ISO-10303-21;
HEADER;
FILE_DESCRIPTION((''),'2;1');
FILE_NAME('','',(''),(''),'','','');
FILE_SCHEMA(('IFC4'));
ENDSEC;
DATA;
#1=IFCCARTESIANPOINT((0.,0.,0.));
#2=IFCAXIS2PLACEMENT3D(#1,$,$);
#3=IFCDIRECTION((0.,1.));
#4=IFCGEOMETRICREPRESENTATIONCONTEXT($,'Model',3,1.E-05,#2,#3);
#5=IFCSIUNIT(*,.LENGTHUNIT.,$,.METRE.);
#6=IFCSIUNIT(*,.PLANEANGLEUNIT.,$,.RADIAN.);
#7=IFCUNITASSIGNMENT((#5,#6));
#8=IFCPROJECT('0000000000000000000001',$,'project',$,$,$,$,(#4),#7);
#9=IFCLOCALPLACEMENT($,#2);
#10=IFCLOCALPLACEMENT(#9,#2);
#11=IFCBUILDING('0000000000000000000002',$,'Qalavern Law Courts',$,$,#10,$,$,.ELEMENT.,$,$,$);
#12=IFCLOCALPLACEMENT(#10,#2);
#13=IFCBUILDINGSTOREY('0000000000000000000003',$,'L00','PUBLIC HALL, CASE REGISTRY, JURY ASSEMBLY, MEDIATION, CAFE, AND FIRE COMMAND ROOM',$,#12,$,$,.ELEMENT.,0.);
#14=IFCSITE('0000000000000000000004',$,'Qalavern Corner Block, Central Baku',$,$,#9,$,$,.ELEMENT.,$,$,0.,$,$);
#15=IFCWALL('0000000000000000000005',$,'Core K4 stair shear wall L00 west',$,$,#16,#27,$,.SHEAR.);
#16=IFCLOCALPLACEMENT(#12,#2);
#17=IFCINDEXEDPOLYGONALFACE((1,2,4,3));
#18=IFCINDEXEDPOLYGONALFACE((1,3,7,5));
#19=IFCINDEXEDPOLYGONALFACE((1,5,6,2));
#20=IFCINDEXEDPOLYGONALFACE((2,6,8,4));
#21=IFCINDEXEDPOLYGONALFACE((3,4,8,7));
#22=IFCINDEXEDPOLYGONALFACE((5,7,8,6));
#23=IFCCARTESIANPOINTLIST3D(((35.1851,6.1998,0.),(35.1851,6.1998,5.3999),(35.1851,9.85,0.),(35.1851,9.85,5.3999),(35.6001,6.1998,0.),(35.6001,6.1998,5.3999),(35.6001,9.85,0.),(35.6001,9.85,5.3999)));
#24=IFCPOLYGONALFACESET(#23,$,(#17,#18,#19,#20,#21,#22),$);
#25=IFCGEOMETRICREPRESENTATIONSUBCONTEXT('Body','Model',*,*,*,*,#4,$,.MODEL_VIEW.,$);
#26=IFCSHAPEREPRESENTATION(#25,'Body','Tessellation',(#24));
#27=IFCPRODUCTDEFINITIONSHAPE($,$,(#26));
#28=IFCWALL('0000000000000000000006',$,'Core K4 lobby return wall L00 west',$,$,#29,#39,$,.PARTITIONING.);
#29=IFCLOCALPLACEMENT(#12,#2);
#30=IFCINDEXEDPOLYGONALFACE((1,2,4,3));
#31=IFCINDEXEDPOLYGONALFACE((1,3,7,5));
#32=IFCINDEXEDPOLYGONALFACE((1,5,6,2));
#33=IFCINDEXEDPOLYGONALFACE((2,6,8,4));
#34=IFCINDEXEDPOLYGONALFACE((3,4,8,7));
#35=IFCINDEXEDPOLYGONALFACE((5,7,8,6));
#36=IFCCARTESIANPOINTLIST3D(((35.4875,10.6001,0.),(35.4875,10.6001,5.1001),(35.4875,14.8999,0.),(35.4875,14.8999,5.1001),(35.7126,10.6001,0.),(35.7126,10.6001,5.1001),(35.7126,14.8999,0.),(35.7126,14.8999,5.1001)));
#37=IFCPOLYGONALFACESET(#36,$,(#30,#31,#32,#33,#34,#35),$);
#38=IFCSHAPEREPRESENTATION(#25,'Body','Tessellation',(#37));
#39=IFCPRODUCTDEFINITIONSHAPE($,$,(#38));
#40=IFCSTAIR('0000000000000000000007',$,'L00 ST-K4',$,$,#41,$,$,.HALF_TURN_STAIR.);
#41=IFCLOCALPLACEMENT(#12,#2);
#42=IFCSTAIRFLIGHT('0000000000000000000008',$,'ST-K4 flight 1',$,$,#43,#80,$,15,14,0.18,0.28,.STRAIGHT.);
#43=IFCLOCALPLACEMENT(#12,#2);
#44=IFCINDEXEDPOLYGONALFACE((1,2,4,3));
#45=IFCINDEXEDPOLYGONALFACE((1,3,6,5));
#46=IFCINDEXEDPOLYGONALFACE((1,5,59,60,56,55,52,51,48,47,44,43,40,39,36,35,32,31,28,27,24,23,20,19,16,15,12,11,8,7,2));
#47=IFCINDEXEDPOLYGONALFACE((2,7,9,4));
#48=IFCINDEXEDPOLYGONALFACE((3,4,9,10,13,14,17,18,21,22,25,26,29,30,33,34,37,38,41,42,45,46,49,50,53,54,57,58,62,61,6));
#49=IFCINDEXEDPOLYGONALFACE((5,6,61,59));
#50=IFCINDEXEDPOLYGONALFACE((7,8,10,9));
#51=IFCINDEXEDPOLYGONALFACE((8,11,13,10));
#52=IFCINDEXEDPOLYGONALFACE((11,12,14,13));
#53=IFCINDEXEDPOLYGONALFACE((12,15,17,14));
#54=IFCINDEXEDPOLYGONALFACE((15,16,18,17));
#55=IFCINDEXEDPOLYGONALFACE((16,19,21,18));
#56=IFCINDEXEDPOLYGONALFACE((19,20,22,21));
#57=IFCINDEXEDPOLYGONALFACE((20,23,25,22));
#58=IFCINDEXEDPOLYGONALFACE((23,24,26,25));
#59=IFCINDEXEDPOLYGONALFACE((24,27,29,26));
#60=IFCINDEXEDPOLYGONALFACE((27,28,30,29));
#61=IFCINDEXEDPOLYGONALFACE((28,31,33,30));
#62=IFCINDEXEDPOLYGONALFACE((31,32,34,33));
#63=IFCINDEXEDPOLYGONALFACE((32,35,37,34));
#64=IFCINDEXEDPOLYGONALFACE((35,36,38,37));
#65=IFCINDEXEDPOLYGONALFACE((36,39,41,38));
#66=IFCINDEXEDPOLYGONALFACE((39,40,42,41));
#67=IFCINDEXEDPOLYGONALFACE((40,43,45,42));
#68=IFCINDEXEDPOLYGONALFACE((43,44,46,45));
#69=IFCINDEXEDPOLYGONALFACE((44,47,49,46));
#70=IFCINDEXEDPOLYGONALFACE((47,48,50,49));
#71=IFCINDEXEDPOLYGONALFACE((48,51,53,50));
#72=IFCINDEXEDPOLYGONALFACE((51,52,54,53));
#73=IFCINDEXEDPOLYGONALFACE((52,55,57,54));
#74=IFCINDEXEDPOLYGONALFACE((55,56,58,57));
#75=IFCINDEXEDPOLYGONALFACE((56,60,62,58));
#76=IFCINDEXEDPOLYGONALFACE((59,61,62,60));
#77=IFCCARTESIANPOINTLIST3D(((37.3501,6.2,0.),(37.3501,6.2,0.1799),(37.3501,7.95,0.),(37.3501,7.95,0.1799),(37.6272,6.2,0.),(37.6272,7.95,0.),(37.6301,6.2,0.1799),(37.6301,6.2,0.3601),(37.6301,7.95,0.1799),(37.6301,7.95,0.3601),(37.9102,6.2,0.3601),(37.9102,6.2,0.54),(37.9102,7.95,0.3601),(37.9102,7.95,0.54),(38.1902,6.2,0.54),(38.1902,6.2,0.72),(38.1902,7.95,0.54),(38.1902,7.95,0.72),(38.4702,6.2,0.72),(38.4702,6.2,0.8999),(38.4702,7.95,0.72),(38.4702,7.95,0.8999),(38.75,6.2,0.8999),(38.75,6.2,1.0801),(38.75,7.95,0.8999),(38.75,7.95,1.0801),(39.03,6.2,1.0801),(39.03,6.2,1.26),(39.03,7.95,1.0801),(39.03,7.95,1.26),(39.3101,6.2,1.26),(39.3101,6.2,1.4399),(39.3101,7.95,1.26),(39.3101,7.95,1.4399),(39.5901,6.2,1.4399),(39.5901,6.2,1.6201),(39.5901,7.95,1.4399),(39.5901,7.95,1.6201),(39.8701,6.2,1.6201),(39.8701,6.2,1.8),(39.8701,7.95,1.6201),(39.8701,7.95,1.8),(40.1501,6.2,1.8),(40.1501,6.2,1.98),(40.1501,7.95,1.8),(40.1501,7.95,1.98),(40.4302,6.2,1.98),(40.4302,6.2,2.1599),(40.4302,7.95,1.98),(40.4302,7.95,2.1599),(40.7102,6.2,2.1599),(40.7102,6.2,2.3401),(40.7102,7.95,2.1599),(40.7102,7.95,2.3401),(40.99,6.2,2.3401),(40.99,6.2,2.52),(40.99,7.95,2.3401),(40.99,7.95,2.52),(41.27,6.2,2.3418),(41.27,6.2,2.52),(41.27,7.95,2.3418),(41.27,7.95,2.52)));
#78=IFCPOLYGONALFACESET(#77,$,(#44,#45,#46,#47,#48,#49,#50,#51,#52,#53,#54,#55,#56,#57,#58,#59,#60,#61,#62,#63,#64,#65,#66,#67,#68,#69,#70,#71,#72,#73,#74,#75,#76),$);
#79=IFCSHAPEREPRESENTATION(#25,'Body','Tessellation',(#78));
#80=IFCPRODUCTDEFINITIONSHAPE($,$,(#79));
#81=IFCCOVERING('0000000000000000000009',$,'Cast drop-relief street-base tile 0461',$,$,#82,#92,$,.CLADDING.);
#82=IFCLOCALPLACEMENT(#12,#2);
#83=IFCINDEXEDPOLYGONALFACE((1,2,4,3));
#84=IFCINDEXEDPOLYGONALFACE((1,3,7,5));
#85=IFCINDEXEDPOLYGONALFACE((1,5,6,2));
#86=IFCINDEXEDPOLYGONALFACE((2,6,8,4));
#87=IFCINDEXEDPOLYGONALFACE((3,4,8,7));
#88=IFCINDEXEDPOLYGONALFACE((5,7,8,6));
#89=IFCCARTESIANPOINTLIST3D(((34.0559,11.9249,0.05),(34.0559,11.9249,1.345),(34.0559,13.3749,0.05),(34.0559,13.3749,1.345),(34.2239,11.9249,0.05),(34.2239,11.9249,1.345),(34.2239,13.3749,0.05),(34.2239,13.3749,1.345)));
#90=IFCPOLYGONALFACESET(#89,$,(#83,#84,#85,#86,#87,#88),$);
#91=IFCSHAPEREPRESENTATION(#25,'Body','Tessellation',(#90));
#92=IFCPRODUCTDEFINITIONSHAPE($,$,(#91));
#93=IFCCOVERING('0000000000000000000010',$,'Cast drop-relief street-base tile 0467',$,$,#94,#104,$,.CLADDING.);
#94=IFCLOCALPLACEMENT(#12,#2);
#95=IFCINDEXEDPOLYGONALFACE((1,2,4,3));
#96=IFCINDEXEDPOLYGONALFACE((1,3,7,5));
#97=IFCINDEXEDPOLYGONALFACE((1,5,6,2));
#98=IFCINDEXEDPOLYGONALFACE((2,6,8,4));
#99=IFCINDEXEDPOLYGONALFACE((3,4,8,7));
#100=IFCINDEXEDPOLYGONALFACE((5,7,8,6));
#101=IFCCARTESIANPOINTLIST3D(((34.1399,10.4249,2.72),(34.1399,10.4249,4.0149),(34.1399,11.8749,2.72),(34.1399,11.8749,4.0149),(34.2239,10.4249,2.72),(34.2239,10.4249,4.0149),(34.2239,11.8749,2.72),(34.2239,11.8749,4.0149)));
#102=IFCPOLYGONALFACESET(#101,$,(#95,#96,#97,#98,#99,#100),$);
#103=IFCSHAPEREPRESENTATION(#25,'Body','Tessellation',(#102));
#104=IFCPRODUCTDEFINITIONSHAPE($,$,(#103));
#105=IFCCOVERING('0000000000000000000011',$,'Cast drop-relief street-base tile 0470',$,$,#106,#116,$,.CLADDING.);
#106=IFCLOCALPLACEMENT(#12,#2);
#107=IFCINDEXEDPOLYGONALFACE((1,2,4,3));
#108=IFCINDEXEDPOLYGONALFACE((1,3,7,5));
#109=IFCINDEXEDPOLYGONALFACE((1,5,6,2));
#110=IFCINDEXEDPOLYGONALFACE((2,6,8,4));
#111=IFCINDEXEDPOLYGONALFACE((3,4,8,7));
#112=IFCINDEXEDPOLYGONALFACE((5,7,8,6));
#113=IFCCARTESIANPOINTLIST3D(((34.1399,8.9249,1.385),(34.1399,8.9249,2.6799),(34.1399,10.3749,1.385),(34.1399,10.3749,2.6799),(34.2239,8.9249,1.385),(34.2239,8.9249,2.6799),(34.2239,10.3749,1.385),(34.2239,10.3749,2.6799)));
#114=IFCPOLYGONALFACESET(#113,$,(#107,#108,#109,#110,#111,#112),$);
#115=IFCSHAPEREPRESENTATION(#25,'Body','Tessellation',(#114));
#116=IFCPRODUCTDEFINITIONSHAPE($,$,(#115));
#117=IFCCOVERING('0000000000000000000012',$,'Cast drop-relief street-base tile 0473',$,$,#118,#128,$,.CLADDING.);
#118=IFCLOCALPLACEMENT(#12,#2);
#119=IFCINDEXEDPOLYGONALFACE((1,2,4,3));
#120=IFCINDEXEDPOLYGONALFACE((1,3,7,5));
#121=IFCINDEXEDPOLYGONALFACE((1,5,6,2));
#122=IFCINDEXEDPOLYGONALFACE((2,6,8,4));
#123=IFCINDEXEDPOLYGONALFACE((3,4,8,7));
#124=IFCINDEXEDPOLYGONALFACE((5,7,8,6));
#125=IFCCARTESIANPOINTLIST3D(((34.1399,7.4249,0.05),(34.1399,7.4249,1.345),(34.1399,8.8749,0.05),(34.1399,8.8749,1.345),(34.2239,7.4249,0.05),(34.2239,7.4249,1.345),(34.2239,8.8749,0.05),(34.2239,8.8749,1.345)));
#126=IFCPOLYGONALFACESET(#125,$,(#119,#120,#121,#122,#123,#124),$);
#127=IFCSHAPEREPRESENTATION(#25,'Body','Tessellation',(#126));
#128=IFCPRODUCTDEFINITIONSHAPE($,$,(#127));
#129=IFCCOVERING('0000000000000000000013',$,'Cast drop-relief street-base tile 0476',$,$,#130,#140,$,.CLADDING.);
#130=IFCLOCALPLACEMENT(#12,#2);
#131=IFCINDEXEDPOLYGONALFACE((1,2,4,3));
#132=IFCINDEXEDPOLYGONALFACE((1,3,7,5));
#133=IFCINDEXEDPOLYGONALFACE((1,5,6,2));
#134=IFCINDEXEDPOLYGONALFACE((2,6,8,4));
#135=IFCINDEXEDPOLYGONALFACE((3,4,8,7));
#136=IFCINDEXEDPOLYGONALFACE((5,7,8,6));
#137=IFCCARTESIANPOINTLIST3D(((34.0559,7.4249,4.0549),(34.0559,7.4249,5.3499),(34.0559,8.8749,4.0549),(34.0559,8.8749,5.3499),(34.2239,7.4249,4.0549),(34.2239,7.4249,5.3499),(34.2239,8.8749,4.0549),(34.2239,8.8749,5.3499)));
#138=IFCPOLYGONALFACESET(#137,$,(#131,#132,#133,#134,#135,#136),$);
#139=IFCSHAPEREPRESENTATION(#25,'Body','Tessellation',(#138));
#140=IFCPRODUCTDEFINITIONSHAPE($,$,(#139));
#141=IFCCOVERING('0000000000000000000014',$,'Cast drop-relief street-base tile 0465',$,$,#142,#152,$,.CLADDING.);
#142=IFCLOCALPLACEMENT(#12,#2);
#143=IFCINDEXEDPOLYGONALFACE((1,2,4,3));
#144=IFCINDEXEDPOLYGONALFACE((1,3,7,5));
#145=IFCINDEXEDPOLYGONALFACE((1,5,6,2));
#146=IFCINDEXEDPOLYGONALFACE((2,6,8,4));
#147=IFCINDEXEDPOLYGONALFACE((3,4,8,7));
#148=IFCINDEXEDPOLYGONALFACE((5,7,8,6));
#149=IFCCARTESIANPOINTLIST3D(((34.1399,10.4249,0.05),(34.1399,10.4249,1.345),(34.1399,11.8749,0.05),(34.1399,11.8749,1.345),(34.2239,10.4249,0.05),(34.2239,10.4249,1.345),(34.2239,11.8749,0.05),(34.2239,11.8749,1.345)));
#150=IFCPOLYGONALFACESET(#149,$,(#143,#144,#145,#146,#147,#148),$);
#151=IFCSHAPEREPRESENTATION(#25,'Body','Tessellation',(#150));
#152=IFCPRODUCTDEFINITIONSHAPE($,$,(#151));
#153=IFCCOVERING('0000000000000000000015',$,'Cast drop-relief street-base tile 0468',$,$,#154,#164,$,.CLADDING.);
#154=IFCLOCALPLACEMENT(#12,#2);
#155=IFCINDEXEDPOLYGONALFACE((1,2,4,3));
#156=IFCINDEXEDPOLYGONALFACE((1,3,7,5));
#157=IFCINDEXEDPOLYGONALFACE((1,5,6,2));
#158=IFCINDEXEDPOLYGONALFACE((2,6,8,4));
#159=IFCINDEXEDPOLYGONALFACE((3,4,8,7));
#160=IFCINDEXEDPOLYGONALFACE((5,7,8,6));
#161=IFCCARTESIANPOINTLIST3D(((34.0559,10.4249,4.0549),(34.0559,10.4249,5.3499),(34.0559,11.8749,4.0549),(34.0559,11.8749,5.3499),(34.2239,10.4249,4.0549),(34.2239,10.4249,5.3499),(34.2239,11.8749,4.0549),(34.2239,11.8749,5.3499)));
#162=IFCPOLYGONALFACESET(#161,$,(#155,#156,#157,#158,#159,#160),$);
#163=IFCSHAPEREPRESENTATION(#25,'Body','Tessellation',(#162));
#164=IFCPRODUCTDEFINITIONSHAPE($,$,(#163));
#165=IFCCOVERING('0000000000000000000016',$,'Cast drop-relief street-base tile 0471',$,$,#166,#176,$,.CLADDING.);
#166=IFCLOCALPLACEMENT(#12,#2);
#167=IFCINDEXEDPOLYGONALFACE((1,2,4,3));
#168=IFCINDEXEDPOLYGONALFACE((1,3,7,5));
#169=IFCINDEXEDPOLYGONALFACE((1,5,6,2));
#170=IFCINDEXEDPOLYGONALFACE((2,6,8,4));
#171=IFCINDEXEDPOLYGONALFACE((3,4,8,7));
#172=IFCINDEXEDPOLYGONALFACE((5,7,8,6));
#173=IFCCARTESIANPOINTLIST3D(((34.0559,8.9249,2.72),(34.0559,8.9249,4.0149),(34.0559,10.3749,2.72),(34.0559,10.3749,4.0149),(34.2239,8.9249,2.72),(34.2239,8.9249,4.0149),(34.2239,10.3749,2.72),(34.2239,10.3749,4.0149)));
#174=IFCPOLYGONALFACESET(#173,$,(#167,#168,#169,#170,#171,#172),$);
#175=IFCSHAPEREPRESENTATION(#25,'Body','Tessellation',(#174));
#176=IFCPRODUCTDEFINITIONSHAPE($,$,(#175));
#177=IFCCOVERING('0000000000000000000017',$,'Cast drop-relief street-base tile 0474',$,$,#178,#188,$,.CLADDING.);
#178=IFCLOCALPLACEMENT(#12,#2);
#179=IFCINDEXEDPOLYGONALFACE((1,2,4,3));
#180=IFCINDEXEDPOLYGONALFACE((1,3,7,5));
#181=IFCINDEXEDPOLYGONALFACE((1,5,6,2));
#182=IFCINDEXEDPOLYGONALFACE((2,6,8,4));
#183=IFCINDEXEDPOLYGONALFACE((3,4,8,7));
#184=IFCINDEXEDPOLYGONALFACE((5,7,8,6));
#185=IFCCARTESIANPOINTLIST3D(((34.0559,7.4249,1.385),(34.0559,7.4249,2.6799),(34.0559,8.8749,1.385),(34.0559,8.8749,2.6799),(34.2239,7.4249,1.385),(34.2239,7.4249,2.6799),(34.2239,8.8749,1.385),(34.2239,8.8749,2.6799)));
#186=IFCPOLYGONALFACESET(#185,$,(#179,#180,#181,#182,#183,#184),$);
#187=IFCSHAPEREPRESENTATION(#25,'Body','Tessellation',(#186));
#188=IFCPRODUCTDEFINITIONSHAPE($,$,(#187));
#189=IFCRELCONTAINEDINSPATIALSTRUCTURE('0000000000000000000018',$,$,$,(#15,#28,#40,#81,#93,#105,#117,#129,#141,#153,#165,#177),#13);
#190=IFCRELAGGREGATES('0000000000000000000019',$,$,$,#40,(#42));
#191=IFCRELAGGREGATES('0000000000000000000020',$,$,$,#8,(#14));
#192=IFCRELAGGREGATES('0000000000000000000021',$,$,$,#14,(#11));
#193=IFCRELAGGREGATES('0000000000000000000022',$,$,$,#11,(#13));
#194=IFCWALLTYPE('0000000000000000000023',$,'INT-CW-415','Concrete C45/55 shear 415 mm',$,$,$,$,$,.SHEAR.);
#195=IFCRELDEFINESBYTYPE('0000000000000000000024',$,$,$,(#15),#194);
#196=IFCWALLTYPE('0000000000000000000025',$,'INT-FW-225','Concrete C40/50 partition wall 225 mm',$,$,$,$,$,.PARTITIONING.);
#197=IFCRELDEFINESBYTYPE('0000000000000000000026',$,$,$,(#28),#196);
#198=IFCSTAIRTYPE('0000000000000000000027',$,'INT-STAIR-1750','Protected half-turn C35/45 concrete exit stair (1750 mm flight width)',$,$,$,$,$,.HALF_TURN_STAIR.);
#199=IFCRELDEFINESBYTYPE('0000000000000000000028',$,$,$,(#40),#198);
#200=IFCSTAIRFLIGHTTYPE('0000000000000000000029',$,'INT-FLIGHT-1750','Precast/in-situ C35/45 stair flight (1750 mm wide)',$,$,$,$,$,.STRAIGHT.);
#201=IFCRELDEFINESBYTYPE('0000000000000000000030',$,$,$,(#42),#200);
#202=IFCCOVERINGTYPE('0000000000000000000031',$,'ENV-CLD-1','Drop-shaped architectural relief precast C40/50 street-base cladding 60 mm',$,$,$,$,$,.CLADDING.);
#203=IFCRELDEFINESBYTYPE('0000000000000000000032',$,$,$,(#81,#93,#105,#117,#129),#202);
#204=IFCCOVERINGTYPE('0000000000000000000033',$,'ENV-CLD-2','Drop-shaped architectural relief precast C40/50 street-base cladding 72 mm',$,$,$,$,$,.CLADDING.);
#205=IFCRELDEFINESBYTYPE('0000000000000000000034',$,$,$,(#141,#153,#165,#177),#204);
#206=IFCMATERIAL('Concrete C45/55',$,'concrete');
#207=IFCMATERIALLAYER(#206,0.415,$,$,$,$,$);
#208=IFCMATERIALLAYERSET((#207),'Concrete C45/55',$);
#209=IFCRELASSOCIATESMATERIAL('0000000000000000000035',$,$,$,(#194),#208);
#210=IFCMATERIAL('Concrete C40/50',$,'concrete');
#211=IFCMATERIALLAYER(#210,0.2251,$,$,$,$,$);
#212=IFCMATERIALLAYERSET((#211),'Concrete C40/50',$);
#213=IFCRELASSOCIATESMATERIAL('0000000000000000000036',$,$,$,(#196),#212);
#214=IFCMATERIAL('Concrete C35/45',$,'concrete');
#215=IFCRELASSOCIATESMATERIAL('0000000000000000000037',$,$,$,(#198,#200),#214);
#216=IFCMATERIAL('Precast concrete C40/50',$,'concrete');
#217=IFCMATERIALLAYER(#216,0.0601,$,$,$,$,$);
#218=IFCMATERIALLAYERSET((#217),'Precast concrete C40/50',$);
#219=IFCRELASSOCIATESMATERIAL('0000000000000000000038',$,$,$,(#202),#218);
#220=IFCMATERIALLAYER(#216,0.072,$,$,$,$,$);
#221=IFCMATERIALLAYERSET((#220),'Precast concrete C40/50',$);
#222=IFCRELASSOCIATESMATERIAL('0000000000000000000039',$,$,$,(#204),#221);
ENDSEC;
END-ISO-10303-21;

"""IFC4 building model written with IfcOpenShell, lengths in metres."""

from ifc_helpers import new_model, si_unit, direction, frame, frame_2d, origin, origin_2d, place, context, subcontext, project, spatial, polyline, rectangle, outline, extrude, material, layer, layer_set, type_object, element, aggregate, save


model = new_model("IFC4")

# Units and contexts
model_context = context("Model", 3, precision=1e-05, world=origin(), true_north=direction((0.0, 1.0)))
body_context = subcontext(model_context, "Body", "Model", "MODEL_VIEW")
ifc_project = project(units=[si_unit("LENGTHUNIT", "METRE"), si_unit("PLANEANGLEUNIT", "RADIAN")], contexts=[model_context])

# Site, building, storey
site_placement = place(None, origin())
site = spatial("IfcSite", under=ifc_project, at=site_placement, Name="Qalavern Corner Block, Central Baku", CompositionType="ELEMENT", RefElevation=0.0)
building_placement = place(site_placement, origin())
building = spatial("IfcBuilding", under=site, at=building_placement, Name="Qalavern Law Courts", CompositionType="ELEMENT")
storey_placement = place(building_placement, origin())
storey = spatial("IfcBuildingStorey", under=building, at=storey_placement, Name="L00", Description="PUBLIC HALL, CASE REGISTRY, JURY ASSEMBLY, MEDIATION, CAFE, AND FIRE COMMAND ROOM", CompositionType="ELEMENT", Elevation=0.0)

# Walls
ifc_material_1 = material(Name="Concrete C45/55", Category="concrete")
ifc_layer_1 = layer(ifc_material_1, 0.415)
ifc_layer_set_1 = layer_set([ifc_layer_1], Name="Concrete C45/55")
wall_type_1 = type_object("IfcWallType", Name="INT-CW-415", Description="Concrete C45/55 shear 415 mm", PredefinedType="SHEAR", material=ifc_layer_set_1)
wall_1_placement = place(storey_placement, frame((35.3926, 9.8501, 0.0), z_axis=(0.0, 0.0, 1.0), x_axis=(0.0, -1.0, 0.0)))
element("IfcWall", 1, at=wall_1_placement, inside=storey, type_object=wall_type_1, Name="Core K4 stair shear wall L00 west", PredefinedType="SHEAR", context=body_context, shape_type="SweptSolid", body=[
    extrude(rectangle(XDim=3.6501, YDim=0.415, at=frame_2d((1.8252, 0.0))), origin(), (0.0, 0.0, 1.0), 5.3999),
])
ifc_material_2 = material(Name="Concrete C40/50", Category="concrete")
ifc_layer_2 = layer(ifc_material_2, 0.2251)
ifc_layer_set_2 = layer_set([ifc_layer_2], Name="Concrete C40/50")
wall_type_2 = type_object("IfcWallType", Name="INT-FW-225", Description="Concrete C40/50 partition wall 225 mm", PredefinedType="PARTITIONING", material=ifc_layer_set_2)
wall_2_placement = place(storey_placement, frame((35.6001, 10.6001, 0.0), z_axis=(0.0, 0.0, 1.0), x_axis=(0.0, 1.0, 0.0)))
element("IfcWall", 2, at=wall_2_placement, inside=storey, type_object=wall_type_2, Name="Core K4 lobby return wall L00 west", PredefinedType="PARTITIONING", context=body_context, shape_type="SweptSolid", body=[
    extrude(rectangle(XDim=4.2998, YDim=0.2251, at=frame_2d((2.1499, 0.0))), origin(), (0.0, 0.0, 1.0), 5.1001),
])

# Stair, stair flight
ifc_material_3 = material(Name="Concrete C35/45", Category="concrete")
stair_type = type_object("IfcStairType", Name="INT-STAIR-1750", Description="Protected half-turn C35/45 concrete exit stair (1750 mm flight width)", PredefinedType="HALF_TURN_STAIR", material=ifc_material_3)
stair_placement = place(storey_placement, origin())
stair = element("IfcStair", 3, at=stair_placement, inside=storey, type_object=stair_type, Name="L00 ST-K4", PredefinedType="HALF_TURN_STAIR")
stair_flight_type = type_object("IfcStairFlightType", Name="INT-FLIGHT-1750", Description="Precast/in-situ C35/45 stair flight (1750 mm wide)", PredefinedType="STRAIGHT", material=ifc_material_3)
stair_flight_placement = place(storey_placement, frame((37.3501, 7.075, 0.0), z_axis=(0.0, 0.0, 1.0), x_axis=(1.0, 0.0, 0.0)))
stair_flight = element("IfcStairFlight", 4, at=stair_flight_placement, type_object=stair_flight_type, Name="ST-K4 flight 1", NumberOfRisers=15, NumberOfTreads=14, PredefinedType="STRAIGHT", RiserHeight=0.18, TreadLength=0.28, context=body_context, shape_type="SweptSolid", body=[
    extrude(outline(polyline([(0.0, 0.0), (0.0, 0.1799), (0.28, 0.1799), (0.28, 0.3601), (0.5601, 0.3601), (0.5601, 0.54), (0.8401, 0.54), (0.8401, 0.72), (1.1201, 0.72), (1.1201, 0.8999), (1.3999, 0.8999), (1.3999, 1.0801), (1.6799, 1.0801), (1.6799, 1.26), (1.96, 1.26), (1.96, 1.4399), (2.24, 1.4399), (2.24, 1.6201), (2.52, 1.6201), (2.52, 1.8), (2.8, 1.8), (2.8, 1.98), (3.0801, 1.98), (3.0801, 2.1599), (3.3601, 2.1599), (3.3601, 2.3401), (3.6399, 2.3401), (3.6399, 2.52), (3.9199, 2.52), (3.9199, 2.7), (3.9199, 2.3418), (0.2771, 0.0), (0.0, 0.0)])), frame((0.0, 0.875, 0.0), z_axis=(0.0, -1.0, 0.0), x_axis=(1.0, 0.0, 0.0)), (0.0, 0.0, 1.0), 1.75),
])
aggregate(stair, [stair_flight])

# Coverings
ifc_material_4 = material(Name="Precast concrete C40/50", Category="concrete")
ifc_layer_3 = layer(ifc_material_4, 0.0601)
ifc_layer_set_3 = layer_set([ifc_layer_3], Name="Precast concrete C40/50")
covering_type_1 = type_object("IfcCoveringType", Name="ENV-CLD-1", Description="Drop-shaped architectural relief precast C40/50 street-base cladding 60 mm", PredefinedType="CLADDING", material=ifc_layer_set_3)
covering_1_placement = place(storey_placement, frame((34.1399, 12.6499, 0.05), z_axis=(0.0, 0.0, 1.0), x_axis=(0.0, -1.0, 0.0)))
element("IfcCovering", 5, at=covering_1_placement, inside=storey, type_object=covering_type_1, Name="Cast drop-relief street-base tile 0461", PredefinedType="CLADDING", context=body_context, shape_type="SweptSolid", body=[
    extrude(rectangle(XDim=1.45, YDim=0.168, at=origin_2d()), origin(), (0.0, 0.0, 1.0), 1.2949),
])
for number, where, z_axis, x_axis, name in (
    (6, (34.1819, 11.1499, 2.72), (0.0, 0.0, 1.0), (0.0, -1.0, 0.0), "Cast drop-relief street-base tile 0467"),
    (7, (34.1819, 9.6499, 1.385), (0.0, 0.0, 1.0), (0.0, -1.0, 0.0), "Cast drop-relief street-base tile 0470"),
    (8, (34.1819, 8.1499, 0.05), (0.0, 0.0, 1.0), (0.0, -1.0, 0.0), "Cast drop-relief street-base tile 0473"),
):
    element("IfcCovering", number, at=place(storey_placement, frame(where, z_axis=z_axis, x_axis=x_axis)), inside=storey, type_object=covering_type_1, Name=name, PredefinedType="CLADDING", context=body_context, shape_type="SweptSolid", body=[
        extrude(rectangle(XDim=1.45, YDim=0.084, at=origin_2d()), origin(), (0.0, 0.0, 1.0), 1.2949),
    ])
covering_2_placement = place(storey_placement, frame((34.1399, 8.1499, 4.0549), z_axis=(0.0, 0.0, 1.0), x_axis=(0.0, -1.0, 0.0)))
element("IfcCovering", 9, at=covering_2_placement, inside=storey, type_object=covering_type_1, Name="Cast drop-relief street-base tile 0476", PredefinedType="CLADDING", context=body_context, shape_type="SweptSolid", body=[
    extrude(rectangle(XDim=1.45, YDim=0.168, at=origin_2d()), origin(), (0.0, 0.0, 1.0), 1.2949),
])
ifc_layer_4 = layer(ifc_material_4, 0.072)
ifc_layer_set_4 = layer_set([ifc_layer_4], Name="Precast concrete C40/50")
covering_type_2 = type_object("IfcCoveringType", Name="ENV-CLD-2", Description="Drop-shaped architectural relief precast C40/50 street-base cladding 72 mm", PredefinedType="CLADDING", material=ifc_layer_set_4)
covering_3_placement = place(storey_placement, frame((34.1819, 11.1499, 0.05), z_axis=(0.0, 0.0, 1.0), x_axis=(0.0, -1.0, 0.0)))
element("IfcCovering", 10, at=covering_3_placement, inside=storey, type_object=covering_type_2, Name="Cast drop-relief street-base tile 0465", PredefinedType="CLADDING", context=body_context, shape_type="SweptSolid", body=[
    extrude(rectangle(XDim=1.45, YDim=0.084, at=origin_2d()), origin(), (0.0, 0.0, 1.0), 1.2949),
])
for number, where, z_axis, x_axis, name in (
    (11, (34.1399, 11.1499, 4.0549), (0.0, 0.0, 1.0), (0.0, -1.0, 0.0), "Cast drop-relief street-base tile 0468"),
    (12, (34.1399, 9.6499, 2.72), (0.0, 0.0, 1.0), (0.0, -1.0, 0.0), "Cast drop-relief street-base tile 0471"),
    (13, (34.1399, 8.1499, 1.385), (0.0, 0.0, 1.0), (0.0, -1.0, 0.0), "Cast drop-relief street-base tile 0474"),
):
    element("IfcCovering", number, at=place(storey_placement, frame(where, z_axis=z_axis, x_axis=x_axis)), inside=storey, type_object=covering_type_2, Name=name, PredefinedType="CLADDING", context=body_context, shape_type="SweptSolid", body=[
        extrude(rectangle(XDim=1.45, YDim=0.168, at=origin_2d()), origin(), (0.0, 0.0, 1.0), 1.2949),
    ])

save(model, "model.ifc")
